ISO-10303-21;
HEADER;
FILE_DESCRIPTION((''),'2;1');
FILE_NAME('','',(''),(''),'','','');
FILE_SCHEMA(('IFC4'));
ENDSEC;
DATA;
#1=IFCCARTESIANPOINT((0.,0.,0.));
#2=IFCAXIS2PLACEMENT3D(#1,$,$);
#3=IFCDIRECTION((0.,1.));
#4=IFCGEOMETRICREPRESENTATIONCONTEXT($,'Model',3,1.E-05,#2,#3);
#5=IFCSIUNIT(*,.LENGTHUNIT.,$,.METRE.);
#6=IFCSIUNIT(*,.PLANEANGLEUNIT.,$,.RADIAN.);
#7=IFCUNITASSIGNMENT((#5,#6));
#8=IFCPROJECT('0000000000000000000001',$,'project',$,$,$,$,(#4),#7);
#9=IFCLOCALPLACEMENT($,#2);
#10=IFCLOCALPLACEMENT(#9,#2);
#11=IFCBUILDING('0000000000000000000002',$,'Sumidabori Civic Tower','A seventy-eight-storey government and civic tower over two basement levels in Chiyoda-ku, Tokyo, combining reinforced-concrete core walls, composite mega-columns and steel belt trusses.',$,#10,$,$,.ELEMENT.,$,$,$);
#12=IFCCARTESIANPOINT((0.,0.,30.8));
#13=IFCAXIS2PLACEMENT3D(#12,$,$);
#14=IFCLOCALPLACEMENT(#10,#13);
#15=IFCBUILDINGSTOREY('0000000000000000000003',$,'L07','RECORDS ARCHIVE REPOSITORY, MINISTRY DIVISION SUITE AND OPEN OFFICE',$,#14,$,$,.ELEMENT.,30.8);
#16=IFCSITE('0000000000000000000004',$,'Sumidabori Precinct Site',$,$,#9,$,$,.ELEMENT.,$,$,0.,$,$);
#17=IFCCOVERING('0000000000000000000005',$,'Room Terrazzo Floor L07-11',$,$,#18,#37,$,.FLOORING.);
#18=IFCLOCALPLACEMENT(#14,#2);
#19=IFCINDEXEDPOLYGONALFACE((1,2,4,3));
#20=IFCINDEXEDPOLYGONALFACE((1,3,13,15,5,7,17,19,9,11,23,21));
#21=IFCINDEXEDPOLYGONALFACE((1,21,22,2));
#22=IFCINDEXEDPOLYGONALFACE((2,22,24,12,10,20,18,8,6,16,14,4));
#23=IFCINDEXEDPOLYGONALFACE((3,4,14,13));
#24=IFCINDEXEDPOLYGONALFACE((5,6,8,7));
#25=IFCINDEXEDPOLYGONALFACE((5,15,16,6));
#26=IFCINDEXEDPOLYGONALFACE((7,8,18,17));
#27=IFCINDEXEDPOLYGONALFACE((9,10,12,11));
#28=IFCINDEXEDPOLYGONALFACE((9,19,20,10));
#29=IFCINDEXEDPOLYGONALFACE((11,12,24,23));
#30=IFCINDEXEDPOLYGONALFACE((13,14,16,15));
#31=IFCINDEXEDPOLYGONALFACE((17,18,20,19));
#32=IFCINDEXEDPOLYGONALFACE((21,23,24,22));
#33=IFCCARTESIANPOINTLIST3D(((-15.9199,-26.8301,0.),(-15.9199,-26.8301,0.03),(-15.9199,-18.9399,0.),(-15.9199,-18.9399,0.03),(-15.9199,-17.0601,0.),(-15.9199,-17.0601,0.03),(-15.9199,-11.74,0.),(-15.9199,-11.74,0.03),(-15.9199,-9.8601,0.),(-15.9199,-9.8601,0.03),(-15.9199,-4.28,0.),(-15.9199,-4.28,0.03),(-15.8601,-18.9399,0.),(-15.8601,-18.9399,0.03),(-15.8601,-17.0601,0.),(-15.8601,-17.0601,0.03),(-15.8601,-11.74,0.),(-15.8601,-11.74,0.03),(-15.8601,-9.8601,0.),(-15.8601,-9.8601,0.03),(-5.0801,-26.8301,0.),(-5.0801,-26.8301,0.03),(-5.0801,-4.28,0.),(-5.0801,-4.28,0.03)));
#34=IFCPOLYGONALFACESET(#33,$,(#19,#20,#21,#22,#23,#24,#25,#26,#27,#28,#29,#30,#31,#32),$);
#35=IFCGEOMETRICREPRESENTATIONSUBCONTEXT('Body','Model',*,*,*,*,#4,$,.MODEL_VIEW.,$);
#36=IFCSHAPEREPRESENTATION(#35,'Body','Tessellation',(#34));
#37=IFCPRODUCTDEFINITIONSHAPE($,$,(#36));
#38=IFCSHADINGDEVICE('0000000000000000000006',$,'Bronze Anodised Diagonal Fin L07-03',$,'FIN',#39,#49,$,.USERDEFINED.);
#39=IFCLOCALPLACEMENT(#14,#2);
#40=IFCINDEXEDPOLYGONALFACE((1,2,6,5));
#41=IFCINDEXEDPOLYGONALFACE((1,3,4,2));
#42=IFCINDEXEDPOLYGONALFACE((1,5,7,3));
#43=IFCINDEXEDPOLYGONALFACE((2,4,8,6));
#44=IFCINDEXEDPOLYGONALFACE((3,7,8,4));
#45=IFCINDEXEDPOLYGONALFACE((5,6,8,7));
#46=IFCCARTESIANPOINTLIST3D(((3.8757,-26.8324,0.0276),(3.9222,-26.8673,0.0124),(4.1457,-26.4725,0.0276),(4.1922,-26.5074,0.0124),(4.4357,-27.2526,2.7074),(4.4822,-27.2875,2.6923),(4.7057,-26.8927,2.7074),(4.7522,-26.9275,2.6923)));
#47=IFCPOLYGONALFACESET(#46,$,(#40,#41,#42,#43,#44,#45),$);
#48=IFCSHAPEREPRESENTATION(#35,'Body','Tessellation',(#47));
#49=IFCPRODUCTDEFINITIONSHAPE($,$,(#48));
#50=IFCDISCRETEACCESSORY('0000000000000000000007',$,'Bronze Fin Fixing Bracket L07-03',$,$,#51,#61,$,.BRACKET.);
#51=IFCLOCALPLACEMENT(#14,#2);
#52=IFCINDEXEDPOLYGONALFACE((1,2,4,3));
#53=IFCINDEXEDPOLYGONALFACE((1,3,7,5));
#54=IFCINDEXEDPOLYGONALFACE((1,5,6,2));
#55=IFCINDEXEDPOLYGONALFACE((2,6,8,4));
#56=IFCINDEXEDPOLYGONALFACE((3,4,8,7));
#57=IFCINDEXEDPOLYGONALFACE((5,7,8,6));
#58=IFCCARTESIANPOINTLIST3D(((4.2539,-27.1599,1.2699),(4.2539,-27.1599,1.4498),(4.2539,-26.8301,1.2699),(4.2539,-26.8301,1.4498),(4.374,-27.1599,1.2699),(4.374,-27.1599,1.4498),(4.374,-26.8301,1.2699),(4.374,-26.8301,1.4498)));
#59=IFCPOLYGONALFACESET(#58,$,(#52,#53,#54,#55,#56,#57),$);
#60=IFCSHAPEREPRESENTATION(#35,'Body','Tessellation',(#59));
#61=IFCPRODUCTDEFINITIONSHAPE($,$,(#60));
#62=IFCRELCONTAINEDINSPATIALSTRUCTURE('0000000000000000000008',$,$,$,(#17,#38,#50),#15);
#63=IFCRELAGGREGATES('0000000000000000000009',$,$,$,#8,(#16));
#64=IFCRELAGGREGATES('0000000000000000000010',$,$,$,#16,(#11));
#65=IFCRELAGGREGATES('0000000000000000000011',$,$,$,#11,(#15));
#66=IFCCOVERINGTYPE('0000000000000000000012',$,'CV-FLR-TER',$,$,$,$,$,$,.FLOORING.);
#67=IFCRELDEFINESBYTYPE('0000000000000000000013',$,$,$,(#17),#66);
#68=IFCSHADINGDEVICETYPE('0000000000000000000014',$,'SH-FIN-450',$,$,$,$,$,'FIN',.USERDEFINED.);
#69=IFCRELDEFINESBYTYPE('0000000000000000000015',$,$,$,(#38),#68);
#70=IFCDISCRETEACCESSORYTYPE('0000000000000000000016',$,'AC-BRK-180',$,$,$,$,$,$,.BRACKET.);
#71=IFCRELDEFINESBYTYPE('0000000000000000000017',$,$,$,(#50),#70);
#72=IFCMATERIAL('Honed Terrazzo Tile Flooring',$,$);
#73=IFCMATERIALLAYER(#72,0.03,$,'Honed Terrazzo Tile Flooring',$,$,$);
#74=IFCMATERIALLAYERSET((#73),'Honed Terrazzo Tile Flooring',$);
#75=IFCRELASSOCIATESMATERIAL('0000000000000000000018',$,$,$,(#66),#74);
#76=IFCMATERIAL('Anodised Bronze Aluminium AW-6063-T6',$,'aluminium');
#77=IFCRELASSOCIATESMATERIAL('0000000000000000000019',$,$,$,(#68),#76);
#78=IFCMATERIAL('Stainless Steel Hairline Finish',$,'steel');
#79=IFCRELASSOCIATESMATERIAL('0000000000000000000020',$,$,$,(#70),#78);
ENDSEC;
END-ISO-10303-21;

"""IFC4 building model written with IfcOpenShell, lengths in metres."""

from ifc_helpers import new_model, si_unit, direction, frame, origin, origin_2d, place, context, subcontext, project, spatial, polyline, rectangle, outline, extrude, source, transform, mapped, material, layer, layer_set, material_profile, profile_set, type_object, element, save


model = new_model("IFC4")

# Units and contexts
model_context = context("Model", 3, precision=1e-05, world=origin(), true_north=direction((0.0, 1.0)))
body_context = subcontext(model_context, "Body", "Model", "MODEL_VIEW")
ifc_project = project(units=[si_unit("LENGTHUNIT", "METRE"), si_unit("PLANEANGLEUNIT", "RADIAN")], contexts=[model_context])

# Site, building, storey
site_placement = place(None, origin())
site = spatial("IfcSite", under=ifc_project, at=site_placement, Name="Sumidabori Precinct Site", CompositionType="ELEMENT", RefElevation=0.0)
building_placement = place(site_placement, origin())
building = spatial("IfcBuilding", under=site, at=building_placement, Name="Sumidabori Civic Tower", Description="A seventy-eight-storey government and civic tower over two basement levels in Chiyoda-ku, Tokyo, combining reinforced-concrete core walls, composite mega-columns and steel belt trusses.", CompositionType="ELEMENT")
storey_placement = place(building_placement, frame((0.0, 0.0, 30.8)))
storey = spatial("IfcBuildingStorey", under=building, at=storey_placement, Name="L07", Description="RECORDS ARCHIVE REPOSITORY, MINISTRY DIVISION SUITE AND OPEN OFFICE", CompositionType="ELEMENT", Elevation=30.8)

# Shared definitions
ifc_material_1 = material(Name="Anodised Bronze Aluminium AW-6063-T6", Category="aluminium")

# Covering
ifc_material_2 = material(Name="Honed Terrazzo Tile Flooring")
ifc_layer_1 = layer(ifc_material_2, 0.03, Name="Honed Terrazzo Tile Flooring")
ifc_layer_set_1 = layer_set([ifc_layer_1], Name="Honed Terrazzo Tile Flooring")
covering_type_1 = type_object("IfcCoveringType", Name="CV-FLR-TER", PredefinedType="FLOORING", material=ifc_layer_set_1)
covering_1_placement = place(storey_placement, origin())
element("IfcCovering", 1, at=covering_1_placement, inside=storey, type_object=covering_type_1, Name="Room Terrazzo Floor L07-11", PredefinedType="FLOORING", context=body_context, shape_type="SweptSolid", body=[
    extrude(outline(polyline([(-15.8601, -17.0601), (-15.9199, -17.0601), (-15.9199, -11.74), (-15.8601, -11.74), (-15.8601, -9.8601), (-15.9199, -9.8601), (-15.9199, -4.28), (-5.0801, -4.28), (-5.0801, -26.8301), (-15.9199, -26.8301), (-15.9199, -18.9399), (-15.8601, -18.9399), (-15.8601, -17.0601)])), origin(), (0.0, 0.0, 1.0), 0.03),
])

# Shading device
ifc_material_profile_1 = material_profile(ifc_material_1, rectangle(XDim=0.0601, YDim=0.45, at=origin_2d()), Name="BRONZE FIN 450x60")
ifc_profile_set_1 = profile_set([ifc_material_profile_1], Name="Anodised Bronze Aluminium AW-6063-T6")
shading_device_type = type_object("IfcShadingDeviceType", Name="SH-FIN-450", ElementType="FIN", PredefinedType="USERDEFINED", material=ifc_profile_set_1)
shared_shape_1 = source(origin(), body_context, "Body", "SweptSolid", [
    extrude(rectangle(XDim=0.0601, YDim=0.45, at=origin_2d()), origin(), (0.0, 0.0, 1.0), 2.7698),
])
shading_device_placement = place(storey_placement, frame((4.0339, -26.6699, 0.02), z_axis=(0.202196, -0.151691, 0.967526), x_axis=(0.77394, -0.580624, -0.252771)))
element("IfcShadingDevice", 2, at=shading_device_placement, inside=storey, type_object=shading_device_type, Name="Bronze Anodised Diagonal Fin L07-03", ObjectType="FIN", PredefinedType="USERDEFINED", context=body_context, shape_type="MappedRepresentation", body=[
    mapped(shared_shape_1, transform((0.0, 0.0, 0.0), x_axis=(1.0, 0.0, 0.0), y_axis=(0.0, 1.0, 0.0), z_axis=(0.0, 0.0, 1.0), scale=1.0)),
])

# Discrete accessory
ifc_material_3 = material(Name="Stainless Steel Hairline Finish", Category="steel")
ifc_material_profile_2 = material_profile(ifc_material_3, rectangle(XDim=0.1201, YDim=0.1799, at=origin_2d()), Name="STEEL BRACKET 180x120")
ifc_profile_set_2 = profile_set([ifc_material_profile_2], Name="Stainless Steel Hairline Finish")
discrete_accessory_type = type_object("IfcDiscreteAccessoryType", Name="AC-BRK-180", PredefinedType="BRACKET", material=ifc_profile_set_2)
shared_shape_2 = source(origin(), body_context, "Body", "SweptSolid", [
    extrude(rectangle(XDim=0.1201, YDim=0.1799, at=origin_2d()), origin(), (0.0, 0.0, 1.0), 0.3298),
])
discrete_accessory_placement = place(storey_placement, frame((4.314, -26.8301, 1.3599), z_axis=(0.0, -1.0, 0.0), x_axis=(1.0, 0.0, 0.0)))
element("IfcDiscreteAccessory", 3, at=discrete_accessory_placement, inside=storey, type_object=discrete_accessory_type, Name="Bronze Fin Fixing Bracket L07-03", PredefinedType="BRACKET", context=body_context, shape_type="MappedRepresentation", body=[
    mapped(shared_shape_2, transform((0.0, 0.0, 0.0), x_axis=(1.0, 0.0, 0.0), y_axis=(0.0, 1.0, 0.0), z_axis=(0.0, 0.0, 1.0), scale=1.0)),
])

save(model, "model.ifc")
